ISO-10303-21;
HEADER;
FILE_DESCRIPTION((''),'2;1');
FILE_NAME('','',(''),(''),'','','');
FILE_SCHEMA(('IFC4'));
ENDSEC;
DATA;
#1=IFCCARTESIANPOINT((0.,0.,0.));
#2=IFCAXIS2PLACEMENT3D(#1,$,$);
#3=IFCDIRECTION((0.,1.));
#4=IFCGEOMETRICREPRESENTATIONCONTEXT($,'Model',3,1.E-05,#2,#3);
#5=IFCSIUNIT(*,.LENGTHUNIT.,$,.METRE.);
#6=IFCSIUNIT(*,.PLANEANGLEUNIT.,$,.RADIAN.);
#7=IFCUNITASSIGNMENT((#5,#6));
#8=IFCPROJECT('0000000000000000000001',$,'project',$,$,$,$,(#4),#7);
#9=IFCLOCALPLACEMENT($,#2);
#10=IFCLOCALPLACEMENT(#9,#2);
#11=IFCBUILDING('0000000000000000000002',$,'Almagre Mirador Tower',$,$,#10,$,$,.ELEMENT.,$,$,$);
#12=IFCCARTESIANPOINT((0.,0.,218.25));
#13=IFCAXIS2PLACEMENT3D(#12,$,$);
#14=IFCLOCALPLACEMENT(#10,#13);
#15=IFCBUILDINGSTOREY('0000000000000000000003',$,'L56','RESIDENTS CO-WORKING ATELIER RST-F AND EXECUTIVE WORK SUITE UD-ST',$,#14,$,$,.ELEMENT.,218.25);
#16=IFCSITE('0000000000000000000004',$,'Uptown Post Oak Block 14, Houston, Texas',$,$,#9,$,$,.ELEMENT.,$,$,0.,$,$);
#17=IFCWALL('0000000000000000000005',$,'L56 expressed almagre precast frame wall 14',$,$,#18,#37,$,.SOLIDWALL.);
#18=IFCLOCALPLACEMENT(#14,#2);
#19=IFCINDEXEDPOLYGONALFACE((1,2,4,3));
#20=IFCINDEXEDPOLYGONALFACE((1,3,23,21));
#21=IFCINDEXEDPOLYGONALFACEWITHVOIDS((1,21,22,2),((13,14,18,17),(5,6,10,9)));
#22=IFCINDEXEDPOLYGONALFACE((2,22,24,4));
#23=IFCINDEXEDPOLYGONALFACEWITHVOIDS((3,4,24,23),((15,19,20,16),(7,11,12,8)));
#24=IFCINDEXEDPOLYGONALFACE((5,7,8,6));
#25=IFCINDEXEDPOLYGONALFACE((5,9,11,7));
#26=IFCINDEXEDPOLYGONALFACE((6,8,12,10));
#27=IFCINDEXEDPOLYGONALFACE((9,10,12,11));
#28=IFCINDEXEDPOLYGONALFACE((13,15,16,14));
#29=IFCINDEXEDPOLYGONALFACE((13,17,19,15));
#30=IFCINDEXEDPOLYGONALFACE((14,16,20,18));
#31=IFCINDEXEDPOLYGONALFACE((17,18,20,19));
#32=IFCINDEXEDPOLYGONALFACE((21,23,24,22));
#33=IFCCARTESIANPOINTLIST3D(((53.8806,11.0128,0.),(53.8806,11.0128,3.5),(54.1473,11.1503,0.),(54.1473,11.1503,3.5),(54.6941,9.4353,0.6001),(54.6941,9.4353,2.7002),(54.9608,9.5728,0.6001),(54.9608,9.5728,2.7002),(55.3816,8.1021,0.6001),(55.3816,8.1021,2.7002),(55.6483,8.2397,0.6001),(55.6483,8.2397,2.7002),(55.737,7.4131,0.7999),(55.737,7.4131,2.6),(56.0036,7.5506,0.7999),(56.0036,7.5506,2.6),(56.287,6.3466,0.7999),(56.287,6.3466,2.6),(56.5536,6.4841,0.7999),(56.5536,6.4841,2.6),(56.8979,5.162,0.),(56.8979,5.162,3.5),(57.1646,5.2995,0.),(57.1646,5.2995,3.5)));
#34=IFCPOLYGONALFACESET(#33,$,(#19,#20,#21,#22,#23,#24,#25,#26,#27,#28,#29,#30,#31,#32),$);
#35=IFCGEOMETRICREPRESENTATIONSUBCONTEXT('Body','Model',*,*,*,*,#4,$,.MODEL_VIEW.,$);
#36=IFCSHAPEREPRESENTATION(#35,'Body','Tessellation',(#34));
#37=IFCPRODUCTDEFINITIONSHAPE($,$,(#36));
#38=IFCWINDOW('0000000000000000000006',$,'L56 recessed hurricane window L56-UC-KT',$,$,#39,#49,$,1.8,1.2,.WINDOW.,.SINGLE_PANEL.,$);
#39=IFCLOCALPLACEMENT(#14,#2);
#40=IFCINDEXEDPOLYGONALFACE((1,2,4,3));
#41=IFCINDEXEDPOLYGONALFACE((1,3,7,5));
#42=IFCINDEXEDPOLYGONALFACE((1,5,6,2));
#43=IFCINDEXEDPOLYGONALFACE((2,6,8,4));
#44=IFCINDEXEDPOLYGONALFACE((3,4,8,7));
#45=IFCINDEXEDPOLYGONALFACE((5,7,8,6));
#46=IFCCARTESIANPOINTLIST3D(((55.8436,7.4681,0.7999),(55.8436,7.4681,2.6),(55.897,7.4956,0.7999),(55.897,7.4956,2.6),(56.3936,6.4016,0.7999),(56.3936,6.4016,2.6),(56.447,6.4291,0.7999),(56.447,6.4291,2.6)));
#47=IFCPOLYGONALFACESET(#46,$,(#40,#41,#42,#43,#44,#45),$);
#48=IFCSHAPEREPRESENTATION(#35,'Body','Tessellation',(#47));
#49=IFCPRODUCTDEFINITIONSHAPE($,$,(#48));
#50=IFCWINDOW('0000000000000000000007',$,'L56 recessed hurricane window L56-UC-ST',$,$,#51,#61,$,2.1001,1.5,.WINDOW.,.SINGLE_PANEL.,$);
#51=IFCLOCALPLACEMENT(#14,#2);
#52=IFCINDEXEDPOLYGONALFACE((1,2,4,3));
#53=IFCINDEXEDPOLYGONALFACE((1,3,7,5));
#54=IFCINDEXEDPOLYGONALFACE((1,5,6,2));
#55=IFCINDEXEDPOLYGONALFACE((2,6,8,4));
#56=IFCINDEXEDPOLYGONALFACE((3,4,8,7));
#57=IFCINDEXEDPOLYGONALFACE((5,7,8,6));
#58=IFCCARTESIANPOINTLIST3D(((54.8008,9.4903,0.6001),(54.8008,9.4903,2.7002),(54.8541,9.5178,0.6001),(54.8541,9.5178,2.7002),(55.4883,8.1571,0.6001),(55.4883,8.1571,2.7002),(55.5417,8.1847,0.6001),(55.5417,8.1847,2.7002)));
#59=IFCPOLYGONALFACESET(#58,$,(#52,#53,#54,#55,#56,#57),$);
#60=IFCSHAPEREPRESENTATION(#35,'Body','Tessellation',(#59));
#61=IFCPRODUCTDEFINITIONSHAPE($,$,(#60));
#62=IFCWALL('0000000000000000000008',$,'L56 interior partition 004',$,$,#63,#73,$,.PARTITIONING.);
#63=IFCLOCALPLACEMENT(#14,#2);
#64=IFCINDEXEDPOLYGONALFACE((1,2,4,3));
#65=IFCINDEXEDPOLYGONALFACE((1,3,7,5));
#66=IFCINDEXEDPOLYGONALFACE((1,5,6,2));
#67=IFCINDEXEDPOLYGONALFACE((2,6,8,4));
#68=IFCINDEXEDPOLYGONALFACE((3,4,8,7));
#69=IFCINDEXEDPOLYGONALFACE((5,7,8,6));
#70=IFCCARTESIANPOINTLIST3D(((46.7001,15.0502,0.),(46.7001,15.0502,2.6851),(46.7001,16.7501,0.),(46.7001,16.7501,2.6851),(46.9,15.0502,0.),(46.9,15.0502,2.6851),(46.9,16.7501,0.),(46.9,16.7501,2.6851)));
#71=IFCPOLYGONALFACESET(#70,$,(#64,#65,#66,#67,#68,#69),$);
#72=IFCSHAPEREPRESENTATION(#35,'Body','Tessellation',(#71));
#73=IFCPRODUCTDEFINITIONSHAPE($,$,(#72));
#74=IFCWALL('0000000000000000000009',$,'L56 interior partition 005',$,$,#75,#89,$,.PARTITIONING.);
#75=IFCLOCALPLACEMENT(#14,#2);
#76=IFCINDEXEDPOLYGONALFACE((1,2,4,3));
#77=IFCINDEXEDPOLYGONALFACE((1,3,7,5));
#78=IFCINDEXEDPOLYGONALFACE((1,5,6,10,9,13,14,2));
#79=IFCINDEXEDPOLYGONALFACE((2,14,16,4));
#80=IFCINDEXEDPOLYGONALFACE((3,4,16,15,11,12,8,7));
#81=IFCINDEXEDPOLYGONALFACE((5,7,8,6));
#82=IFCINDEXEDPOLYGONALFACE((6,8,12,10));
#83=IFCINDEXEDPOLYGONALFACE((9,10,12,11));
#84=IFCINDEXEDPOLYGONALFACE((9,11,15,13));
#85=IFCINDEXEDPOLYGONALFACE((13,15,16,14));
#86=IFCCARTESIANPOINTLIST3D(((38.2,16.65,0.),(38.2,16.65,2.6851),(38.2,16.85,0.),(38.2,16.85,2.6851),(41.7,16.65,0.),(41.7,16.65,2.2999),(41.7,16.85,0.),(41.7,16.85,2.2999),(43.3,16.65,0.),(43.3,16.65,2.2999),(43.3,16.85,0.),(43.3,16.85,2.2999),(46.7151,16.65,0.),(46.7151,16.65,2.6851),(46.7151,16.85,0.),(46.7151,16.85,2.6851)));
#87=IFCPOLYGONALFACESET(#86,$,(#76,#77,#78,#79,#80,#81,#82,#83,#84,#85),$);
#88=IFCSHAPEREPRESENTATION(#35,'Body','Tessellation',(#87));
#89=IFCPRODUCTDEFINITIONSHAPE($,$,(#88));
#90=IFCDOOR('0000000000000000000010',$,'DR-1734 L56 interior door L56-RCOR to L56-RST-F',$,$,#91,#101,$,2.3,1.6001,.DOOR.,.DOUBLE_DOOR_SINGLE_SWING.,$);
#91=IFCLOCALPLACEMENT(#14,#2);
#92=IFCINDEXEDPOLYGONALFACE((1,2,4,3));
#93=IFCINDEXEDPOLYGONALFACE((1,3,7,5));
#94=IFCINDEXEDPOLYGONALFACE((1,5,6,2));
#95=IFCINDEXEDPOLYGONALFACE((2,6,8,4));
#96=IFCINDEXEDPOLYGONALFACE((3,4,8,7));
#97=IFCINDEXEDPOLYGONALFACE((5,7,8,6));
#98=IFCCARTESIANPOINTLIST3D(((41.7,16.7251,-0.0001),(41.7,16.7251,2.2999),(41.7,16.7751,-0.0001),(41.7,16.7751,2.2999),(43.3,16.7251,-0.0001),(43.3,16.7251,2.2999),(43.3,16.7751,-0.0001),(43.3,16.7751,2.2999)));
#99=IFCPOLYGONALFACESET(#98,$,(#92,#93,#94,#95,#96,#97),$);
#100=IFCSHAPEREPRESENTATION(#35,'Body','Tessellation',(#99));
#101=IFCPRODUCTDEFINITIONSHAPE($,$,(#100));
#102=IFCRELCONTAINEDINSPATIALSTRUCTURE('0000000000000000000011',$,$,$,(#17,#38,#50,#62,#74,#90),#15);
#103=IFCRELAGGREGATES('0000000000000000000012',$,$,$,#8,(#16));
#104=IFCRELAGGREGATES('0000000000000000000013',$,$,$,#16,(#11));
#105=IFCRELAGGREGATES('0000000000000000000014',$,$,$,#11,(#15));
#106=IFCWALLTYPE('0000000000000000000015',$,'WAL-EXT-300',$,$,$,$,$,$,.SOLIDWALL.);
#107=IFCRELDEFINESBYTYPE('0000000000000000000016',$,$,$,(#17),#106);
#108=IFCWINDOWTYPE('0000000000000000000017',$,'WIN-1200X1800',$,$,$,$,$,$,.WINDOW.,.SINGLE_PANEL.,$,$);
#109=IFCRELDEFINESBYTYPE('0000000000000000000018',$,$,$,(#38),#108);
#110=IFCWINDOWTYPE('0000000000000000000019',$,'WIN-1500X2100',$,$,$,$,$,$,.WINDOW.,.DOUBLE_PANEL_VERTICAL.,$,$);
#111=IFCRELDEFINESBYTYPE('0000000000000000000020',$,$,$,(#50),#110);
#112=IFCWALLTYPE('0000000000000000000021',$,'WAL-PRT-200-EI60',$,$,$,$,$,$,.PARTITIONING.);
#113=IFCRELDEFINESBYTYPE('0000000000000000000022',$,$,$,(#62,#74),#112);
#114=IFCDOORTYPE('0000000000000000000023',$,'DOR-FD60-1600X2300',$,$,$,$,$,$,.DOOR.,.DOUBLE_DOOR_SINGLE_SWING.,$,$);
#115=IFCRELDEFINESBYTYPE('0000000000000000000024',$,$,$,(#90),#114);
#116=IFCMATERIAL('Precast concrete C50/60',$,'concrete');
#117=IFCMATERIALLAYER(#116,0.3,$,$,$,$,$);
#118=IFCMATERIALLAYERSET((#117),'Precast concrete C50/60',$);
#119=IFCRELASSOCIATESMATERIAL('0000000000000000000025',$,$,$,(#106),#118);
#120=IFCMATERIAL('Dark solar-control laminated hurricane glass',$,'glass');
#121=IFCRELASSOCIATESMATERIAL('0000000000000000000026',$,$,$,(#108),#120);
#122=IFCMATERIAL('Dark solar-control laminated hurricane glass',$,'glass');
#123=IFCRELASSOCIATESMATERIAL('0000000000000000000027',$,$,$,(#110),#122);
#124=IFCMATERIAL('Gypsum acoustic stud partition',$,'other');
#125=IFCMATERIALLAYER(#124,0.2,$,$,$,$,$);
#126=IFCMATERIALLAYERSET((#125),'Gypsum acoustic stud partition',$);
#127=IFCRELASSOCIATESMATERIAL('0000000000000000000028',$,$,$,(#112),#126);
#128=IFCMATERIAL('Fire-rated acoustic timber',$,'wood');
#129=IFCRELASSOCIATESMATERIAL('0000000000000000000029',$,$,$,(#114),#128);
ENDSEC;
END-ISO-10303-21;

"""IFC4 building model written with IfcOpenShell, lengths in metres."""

from ifc_helpers import new_model, si_unit, direction, frame, frame_2d, origin, place, context, subcontext, project, spatial, rectangle, extrude, material, layer, layer_set, type_object, element, fill, save


model = new_model("IFC4")

# Units and contexts
model_context = context("Model", 3, precision=1e-05, world=origin(), true_north=direction((0.0, 1.0)))
body_context = subcontext(model_context, "Body", "Model", "MODEL_VIEW")
ifc_project = project(units=[si_unit("LENGTHUNIT", "METRE"), si_unit("PLANEANGLEUNIT", "RADIAN")], contexts=[model_context])

# Site, building, storey
site_placement = place(None, origin())
site = spatial("IfcSite", under=ifc_project, at=site_placement, Name="Uptown Post Oak Block 14, Houston, Texas", CompositionType="ELEMENT", RefElevation=0.0)
building_placement = place(site_placement, origin())
building = spatial("IfcBuilding", under=site, at=building_placement, Name="Almagre Mirador Tower", CompositionType="ELEMENT")
storey_placement = place(building_placement, frame((0.0, 0.0, 218.25)))
storey = spatial("IfcBuildingStorey", under=building, at=storey_placement, Name="L56", Description="RESIDENTS CO-WORKING ATELIER RST-F AND EXECUTIVE WORK SUITE UD-ST", CompositionType="ELEMENT", Elevation=218.25)

# Shared definitions
ifc_material_1 = material(Name="Precast concrete C50/60", Category="concrete")
ifc_layer_1 = layer(ifc_material_1, 0.3)
ifc_layer_set_1 = layer_set([ifc_layer_1], Name="Precast concrete C50/60")
wall_type_1 = type_object("IfcWallType", Name="WAL-EXT-300", PredefinedType="SOLIDWALL", material=ifc_layer_set_1)

# Wall, openings, windows
wall_1_placement = place(storey_placement, frame((54.0139, 11.0815, 0.0), z_axis=(0.0, 0.0, 1.0), x_axis=(0.458349, -0.888772, 0.0)))
wall_1 = element("IfcWall", 1, at=wall_1_placement, inside=storey, type_object=wall_type_1, Name="L56 expressed almagre precast frame wall 14", PredefinedType="SOLIDWALL", context=body_context, shape_type="SweptSolid", body=[
    extrude(rectangle(XDim=6.583, YDim=0.3, at=frame_2d((3.2915, 0.0))), origin(), (0.0, 0.0, 1.0), 3.5),
])
opening_1_placement = place(wall_1_placement, frame((1.7749, 0.0, 0.6001)))
opening_1 = element("IfcOpeningElement", 2, at=opening_1_placement, cuts=wall_1, PredefinedType="OPENING", context=body_context, shape_type="SweptSolid", body=[
    extrude(rectangle(XDim=1.5, YDim=2.1001, at=frame_2d((0.75, 1.05))), frame((0.0, 0.1599, 0.0), z_axis=(0.0, -1.0, 0.0), x_axis=(1.0, 0.0, 0.0)), (0.0, 0.0, 1.0), 0.32),
])
opening_2_placement = place(wall_1_placement, frame((4.05, 0.0, 0.8)))
opening_2 = element("IfcOpeningElement", 3, at=opening_2_placement, cuts=wall_1, PredefinedType="OPENING", context=body_context, shape_type="SweptSolid", body=[
    extrude(rectangle(XDim=1.2, YDim=1.8, at=frame_2d((0.6001, 0.8999))), frame((0.0, 0.1599, 0.0), z_axis=(0.0, -1.0, 0.0), x_axis=(1.0, 0.0, 0.0)), (0.0, 0.0, 1.0), 0.32),
])
ifc_material_2 = material(Name="Dark solar-control laminated hurricane glass", Category="glass")
window_type_1 = type_object("IfcWindowType", Name="WIN-1200X1800", PartitioningType="SINGLE_PANEL", PredefinedType="WINDOW", material=ifc_material_2)
window_1_placement = place(opening_2_placement, origin())
window_1 = element("IfcWindow", 4, at=window_1_placement, inside=storey, type_object=window_type_1, Name="L56 recessed hurricane window L56-UC-KT", OverallHeight=1.8, OverallWidth=1.2, PartitioningType="SINGLE_PANEL", PredefinedType="WINDOW", context=body_context, shape_type="SweptSolid", body=[
    extrude(rectangle(XDim=1.2, YDim=1.8, at=frame_2d((0.6001, 0.8999))), frame((0.0, 0.03, 0.0), z_axis=(0.0, -1.0, 0.0), x_axis=(1.0, 0.0, 0.0)), (0.0, 0.0, 1.0), 0.0601),
])
fill(opening_2, window_1)
ifc_material_3 = material(Name="Dark solar-control laminated hurricane glass", Category="glass")
window_type_2 = type_object("IfcWindowType", Name="WIN-1500X2100", PartitioningType="DOUBLE_PANEL_VERTICAL", PredefinedType="WINDOW", material=ifc_material_3)
window_2_placement = place(opening_1_placement, origin())
window_2 = element("IfcWindow", 5, at=window_2_placement, inside=storey, type_object=window_type_2, Name="L56 recessed hurricane window L56-UC-ST", OverallHeight=2.1001, OverallWidth=1.5, PartitioningType="SINGLE_PANEL", PredefinedType="WINDOW", context=body_context, shape_type="SweptSolid", body=[
    extrude(rectangle(XDim=1.5, YDim=2.1001, at=frame_2d((0.75, 1.05))), frame((0.0, 0.03, 0.0), z_axis=(0.0, -1.0, 0.0), x_axis=(1.0, 0.0, 0.0)), (0.0, 0.0, 1.0), 0.0601),
])
fill(opening_1, window_2)

# Wall
ifc_material_4 = material(Name="Gypsum acoustic stud partition", Category="other")
ifc_layer_2 = layer(ifc_material_4, 0.2)
ifc_layer_set_2 = layer_set([ifc_layer_2], Name="Gypsum acoustic stud partition")
wall_type_2 = type_object("IfcWallType", Name="WAL-PRT-200-EI60", PredefinedType="PARTITIONING", material=ifc_layer_set_2)
wall_2_placement = place(storey_placement, frame((46.8, 15.05, 0.0), z_axis=(0.0, 0.0, 1.0), x_axis=(0.0, 1.0, 0.0)))
element("IfcWall", 6, at=wall_2_placement, inside=storey, type_object=wall_type_2, Name="L56 interior partition 004", PredefinedType="PARTITIONING", context=body_context, shape_type="SweptSolid", body=[
    extrude(rectangle(XDim=1.7, YDim=0.2, at=frame_2d((0.8501, 0.0))), origin(), (0.0, 0.0, 1.0), 2.6851),
])

# Wall, opening, door
wall_3_placement = place(storey_placement, frame((46.7151, 16.75, 0.0), z_axis=(0.0, 0.0, 1.0), x_axis=(-1.0, 0.0, 0.0)))
wall_3 = element("IfcWall", 7, at=wall_3_placement, inside=storey, type_object=wall_type_2, Name="L56 interior partition 005", PredefinedType="PARTITIONING", context=body_context, shape_type="SweptSolid", body=[
    extrude(rectangle(XDim=8.5151, YDim=0.2, at=frame_2d((4.2576, 0.0))), origin(), (0.0, 0.0, 1.0), 2.6851),
])
opening_3_placement = place(wall_3_placement, frame((3.415, 0.0, 0.0)))
opening_3 = element("IfcOpeningElement", 8, at=opening_3_placement, cuts=wall_3, PredefinedType="OPENING", context=body_context, shape_type="SweptSolid", body=[
    extrude(rectangle(XDim=1.6001, YDim=2.3, at=frame_2d((0.8, 1.1499))), frame((0.0, 0.1101, 0.0), z_axis=(0.0, -1.0, 0.0), x_axis=(1.0, 0.0, 0.0)), (0.0, 0.0, 1.0), 0.22),
])
ifc_material_5 = material(Name="Fire-rated acoustic timber", Category="wood")
door_type = type_object("IfcDoorType", Name="DOR-FD60-1600X2300", OperationType="DOUBLE_DOOR_SINGLE_SWING", PredefinedType="DOOR", material=ifc_material_5)
door_placement = place(opening_3_placement, origin())
door = element("IfcDoor", 9, at=door_placement, inside=storey, type_object=door_type, Name="DR-1734 L56 interior door L56-RCOR to L56-RST-F", OperationType="DOUBLE_DOOR_SINGLE_SWING", OverallHeight=2.3, OverallWidth=1.6001, PredefinedType="DOOR", context=body_context, shape_type="SweptSolid", body=[
    extrude(rectangle(XDim=1.6001, YDim=2.3, at=frame_2d((0.8, 1.1499))), frame((0.0, 0.0249, 0.0), z_axis=(0.0, -1.0, 0.0), x_axis=(1.0, 0.0, 0.0)), (0.0, 0.0, 1.0), 0.05),
])
fill(opening_3, door)

save(model, "model.ifc")
